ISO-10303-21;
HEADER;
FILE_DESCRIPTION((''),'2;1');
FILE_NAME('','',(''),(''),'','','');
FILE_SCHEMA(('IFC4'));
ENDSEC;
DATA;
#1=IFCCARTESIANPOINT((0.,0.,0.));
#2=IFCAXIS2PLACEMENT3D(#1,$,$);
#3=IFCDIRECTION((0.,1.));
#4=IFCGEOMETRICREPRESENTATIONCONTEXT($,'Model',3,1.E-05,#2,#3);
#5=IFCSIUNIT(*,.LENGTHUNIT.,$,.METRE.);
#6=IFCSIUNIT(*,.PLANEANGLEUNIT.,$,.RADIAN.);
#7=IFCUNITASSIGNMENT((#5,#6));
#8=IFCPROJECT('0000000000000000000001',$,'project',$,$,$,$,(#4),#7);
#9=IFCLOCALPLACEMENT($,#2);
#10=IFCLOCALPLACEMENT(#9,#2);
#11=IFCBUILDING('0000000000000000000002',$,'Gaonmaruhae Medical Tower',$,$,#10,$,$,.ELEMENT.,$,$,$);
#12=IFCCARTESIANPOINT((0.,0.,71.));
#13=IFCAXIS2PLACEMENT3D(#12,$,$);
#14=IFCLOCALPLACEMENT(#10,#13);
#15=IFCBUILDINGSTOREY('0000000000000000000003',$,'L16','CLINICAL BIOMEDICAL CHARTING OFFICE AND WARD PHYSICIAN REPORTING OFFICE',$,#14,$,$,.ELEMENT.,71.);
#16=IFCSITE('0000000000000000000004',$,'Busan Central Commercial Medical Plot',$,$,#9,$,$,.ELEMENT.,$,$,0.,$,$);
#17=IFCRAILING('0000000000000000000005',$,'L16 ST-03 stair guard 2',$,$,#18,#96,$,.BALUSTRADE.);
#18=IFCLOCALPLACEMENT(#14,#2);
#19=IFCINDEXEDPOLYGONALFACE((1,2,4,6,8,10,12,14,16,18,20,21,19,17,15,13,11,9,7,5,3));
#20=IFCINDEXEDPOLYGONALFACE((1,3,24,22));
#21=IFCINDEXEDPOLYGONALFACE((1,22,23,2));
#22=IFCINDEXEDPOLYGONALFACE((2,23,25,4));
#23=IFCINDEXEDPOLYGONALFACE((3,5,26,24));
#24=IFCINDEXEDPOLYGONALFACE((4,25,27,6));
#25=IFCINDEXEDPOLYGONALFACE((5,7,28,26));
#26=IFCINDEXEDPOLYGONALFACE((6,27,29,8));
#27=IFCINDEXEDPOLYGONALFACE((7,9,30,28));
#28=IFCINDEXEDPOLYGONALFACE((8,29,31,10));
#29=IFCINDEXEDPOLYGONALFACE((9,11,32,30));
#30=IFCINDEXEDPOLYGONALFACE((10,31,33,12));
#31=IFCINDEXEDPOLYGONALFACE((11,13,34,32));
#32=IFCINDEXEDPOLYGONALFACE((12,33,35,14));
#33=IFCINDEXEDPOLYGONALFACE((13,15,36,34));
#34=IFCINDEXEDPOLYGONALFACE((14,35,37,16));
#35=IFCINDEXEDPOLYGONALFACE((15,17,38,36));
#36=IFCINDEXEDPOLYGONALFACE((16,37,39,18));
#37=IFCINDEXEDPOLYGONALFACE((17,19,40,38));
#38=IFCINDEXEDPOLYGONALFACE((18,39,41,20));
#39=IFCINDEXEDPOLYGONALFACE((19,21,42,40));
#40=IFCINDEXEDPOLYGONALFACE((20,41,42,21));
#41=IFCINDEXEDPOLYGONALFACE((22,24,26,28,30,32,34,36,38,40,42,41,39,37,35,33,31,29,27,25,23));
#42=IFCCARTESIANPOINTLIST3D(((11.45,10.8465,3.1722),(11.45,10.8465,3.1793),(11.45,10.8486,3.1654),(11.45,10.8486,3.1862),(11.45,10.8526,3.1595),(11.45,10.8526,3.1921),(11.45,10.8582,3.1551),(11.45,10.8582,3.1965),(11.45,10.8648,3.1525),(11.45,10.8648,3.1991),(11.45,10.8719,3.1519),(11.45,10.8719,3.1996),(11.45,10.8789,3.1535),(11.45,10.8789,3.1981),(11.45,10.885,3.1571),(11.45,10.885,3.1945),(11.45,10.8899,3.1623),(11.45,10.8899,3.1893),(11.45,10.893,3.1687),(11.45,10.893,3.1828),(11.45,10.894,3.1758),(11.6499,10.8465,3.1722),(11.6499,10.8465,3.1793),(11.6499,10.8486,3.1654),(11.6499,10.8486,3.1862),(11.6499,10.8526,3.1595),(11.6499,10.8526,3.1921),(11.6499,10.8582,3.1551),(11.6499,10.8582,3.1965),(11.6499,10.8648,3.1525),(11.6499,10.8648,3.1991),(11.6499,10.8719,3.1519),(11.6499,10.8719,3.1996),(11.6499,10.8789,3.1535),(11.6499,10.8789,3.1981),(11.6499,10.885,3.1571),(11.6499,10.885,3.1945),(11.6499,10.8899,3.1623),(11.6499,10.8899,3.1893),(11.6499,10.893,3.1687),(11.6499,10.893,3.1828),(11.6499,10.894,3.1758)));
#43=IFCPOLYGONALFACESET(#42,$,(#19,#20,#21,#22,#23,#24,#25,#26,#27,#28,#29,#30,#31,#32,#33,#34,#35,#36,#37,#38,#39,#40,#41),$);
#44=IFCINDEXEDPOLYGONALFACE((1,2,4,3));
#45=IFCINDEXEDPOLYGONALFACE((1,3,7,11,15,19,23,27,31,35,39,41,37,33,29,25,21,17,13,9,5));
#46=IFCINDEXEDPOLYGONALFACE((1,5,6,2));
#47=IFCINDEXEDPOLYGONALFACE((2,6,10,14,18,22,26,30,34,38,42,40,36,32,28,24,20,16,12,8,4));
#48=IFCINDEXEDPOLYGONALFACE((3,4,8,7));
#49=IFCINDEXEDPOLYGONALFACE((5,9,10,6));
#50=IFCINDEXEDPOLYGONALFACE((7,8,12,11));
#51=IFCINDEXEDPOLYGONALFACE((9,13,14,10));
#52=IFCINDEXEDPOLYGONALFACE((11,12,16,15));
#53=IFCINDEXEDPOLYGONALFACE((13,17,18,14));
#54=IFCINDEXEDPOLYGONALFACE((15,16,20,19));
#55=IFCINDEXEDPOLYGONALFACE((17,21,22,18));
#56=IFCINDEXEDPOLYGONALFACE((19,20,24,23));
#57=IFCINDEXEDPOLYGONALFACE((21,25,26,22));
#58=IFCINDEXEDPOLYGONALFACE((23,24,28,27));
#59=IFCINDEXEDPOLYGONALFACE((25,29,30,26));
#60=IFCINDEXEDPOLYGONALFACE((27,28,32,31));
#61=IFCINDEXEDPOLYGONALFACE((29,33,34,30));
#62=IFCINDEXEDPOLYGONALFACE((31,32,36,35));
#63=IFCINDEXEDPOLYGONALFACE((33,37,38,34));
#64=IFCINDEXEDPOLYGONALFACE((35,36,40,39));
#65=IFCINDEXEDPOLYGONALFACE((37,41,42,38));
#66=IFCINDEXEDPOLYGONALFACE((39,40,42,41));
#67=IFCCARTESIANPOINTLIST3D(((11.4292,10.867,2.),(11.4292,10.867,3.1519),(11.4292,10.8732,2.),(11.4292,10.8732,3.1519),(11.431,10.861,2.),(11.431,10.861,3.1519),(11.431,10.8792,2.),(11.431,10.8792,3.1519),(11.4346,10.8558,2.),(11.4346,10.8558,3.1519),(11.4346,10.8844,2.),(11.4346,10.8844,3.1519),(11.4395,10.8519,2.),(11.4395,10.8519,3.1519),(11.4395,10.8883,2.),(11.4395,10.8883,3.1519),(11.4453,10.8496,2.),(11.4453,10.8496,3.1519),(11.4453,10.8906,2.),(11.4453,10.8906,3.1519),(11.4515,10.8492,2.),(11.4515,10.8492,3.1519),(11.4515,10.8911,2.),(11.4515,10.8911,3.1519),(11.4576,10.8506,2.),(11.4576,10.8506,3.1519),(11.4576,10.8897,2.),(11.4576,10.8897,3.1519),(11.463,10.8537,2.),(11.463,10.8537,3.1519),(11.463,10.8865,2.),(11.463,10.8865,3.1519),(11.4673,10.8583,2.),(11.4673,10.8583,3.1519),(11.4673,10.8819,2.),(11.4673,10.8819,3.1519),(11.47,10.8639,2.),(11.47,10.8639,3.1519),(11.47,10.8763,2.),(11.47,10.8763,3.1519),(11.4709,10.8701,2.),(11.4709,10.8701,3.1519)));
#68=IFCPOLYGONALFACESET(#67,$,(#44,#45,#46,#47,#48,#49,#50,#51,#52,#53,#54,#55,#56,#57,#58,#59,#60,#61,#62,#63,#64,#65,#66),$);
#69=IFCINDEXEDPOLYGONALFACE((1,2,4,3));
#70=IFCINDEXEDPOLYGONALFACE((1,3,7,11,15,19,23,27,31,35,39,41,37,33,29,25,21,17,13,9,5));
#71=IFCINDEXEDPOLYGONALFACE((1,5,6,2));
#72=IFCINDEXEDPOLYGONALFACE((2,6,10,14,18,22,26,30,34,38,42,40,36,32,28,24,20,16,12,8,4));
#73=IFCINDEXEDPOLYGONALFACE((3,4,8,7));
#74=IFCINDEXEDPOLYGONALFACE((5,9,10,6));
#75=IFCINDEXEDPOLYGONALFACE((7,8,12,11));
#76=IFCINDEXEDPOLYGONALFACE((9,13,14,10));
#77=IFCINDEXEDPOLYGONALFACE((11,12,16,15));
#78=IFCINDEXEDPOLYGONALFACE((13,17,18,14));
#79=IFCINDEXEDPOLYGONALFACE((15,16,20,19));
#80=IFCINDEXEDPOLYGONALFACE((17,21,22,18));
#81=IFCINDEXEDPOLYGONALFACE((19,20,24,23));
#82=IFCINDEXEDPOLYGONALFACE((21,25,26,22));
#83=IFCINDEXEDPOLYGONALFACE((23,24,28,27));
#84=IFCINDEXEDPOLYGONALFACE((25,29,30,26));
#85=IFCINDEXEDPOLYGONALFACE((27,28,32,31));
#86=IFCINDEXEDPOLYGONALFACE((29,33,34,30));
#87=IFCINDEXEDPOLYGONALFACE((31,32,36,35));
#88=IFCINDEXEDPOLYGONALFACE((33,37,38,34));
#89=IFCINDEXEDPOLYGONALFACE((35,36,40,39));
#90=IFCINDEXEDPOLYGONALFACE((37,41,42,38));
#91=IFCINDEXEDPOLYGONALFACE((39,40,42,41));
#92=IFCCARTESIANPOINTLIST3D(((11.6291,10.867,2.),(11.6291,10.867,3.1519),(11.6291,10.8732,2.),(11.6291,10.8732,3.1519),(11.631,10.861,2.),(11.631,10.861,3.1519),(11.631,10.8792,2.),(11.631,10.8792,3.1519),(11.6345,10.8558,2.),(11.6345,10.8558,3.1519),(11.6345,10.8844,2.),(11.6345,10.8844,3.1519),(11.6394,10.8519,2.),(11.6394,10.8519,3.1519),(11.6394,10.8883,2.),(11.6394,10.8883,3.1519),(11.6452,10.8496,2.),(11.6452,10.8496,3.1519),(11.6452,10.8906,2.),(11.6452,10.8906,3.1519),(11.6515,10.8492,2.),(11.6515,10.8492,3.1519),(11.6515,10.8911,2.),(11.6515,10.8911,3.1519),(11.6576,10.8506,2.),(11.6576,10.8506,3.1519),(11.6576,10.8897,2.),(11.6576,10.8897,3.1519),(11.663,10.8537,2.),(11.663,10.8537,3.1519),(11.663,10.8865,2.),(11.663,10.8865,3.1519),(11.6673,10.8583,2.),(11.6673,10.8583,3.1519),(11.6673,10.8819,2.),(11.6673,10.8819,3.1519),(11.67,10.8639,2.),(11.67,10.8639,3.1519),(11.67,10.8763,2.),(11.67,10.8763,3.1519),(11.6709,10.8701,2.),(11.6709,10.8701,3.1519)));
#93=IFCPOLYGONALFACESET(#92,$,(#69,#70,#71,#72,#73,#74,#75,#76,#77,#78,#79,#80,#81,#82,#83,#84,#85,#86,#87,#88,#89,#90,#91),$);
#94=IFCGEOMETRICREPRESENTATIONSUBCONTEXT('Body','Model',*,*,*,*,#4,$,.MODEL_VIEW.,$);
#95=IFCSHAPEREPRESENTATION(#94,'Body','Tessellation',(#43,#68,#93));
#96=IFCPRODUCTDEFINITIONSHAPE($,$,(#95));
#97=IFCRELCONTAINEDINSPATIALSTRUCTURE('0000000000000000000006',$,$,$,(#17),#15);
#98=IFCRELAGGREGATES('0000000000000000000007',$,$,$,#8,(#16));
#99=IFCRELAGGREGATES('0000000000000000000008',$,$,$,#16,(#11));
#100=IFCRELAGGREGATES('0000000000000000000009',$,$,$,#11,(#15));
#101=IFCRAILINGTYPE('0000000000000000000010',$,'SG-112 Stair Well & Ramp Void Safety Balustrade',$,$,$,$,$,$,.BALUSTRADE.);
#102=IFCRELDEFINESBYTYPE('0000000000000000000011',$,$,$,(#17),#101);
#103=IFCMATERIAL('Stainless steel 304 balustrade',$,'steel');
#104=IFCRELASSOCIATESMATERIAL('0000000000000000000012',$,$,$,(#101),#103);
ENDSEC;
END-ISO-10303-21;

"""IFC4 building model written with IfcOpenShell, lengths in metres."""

from ifc_helpers import new_model, si_unit, direction, frame, origin, origin_2d, place, context, subcontext, project, spatial, circle, extrude, material, type_object, element, save


model = new_model("IFC4")

# Units and contexts
model_context = context("Model", 3, precision=1e-05, world=origin(), true_north=direction((0.0, 1.0)))
body_context = subcontext(model_context, "Body", "Model", "MODEL_VIEW")
ifc_project = project(units=[si_unit("LENGTHUNIT", "METRE"), si_unit("PLANEANGLEUNIT", "RADIAN")], contexts=[model_context])

# Site, building, storey
site_placement = place(None, origin())
site = spatial("IfcSite", under=ifc_project, at=site_placement, Name="Busan Central Commercial Medical Plot", CompositionType="ELEMENT", RefElevation=0.0)
building_placement = place(site_placement, origin())
building = spatial("IfcBuilding", under=site, at=building_placement, Name="Gaonmaruhae Medical Tower", CompositionType="ELEMENT")
storey_placement = place(building_placement, frame((0.0, 0.0, 71.0)))
storey = spatial("IfcBuildingStorey", under=building, at=storey_placement, Name="L16", Description="CLINICAL BIOMEDICAL CHARTING OFFICE AND WARD PHYSICIAN REPORTING OFFICE", CompositionType="ELEMENT", Elevation=71.0)

# Railing
ifc_material_1 = material(Name="Stainless steel 304 balustrade", Category="steel")
railing_type_1 = type_object("IfcRailingType", Name="SG-112 Stair Well & Ramp Void Safety Balustrade", PredefinedType="BALUSTRADE", material=ifc_material_1)
railing_1_placement = place(storey_placement, frame((11.45, 10.8701, 2.0)))
element("IfcRailing", 1, at=railing_1_placement, inside=storey, type_object=railing_type_1, Name="L16 ST-03 stair guard 2", PredefinedType="BALUSTRADE", context=body_context, shape_type="SweptSolid", body=[
    extrude(circle(Radius=0.0239, at=origin_2d()), frame((0.0, 0.0, 1.1758), z_axis=(1.0, 0.0, 0.0), x_axis=(0.0, 1.0, 0.0)), (0.0, 0.0, 1.0), 0.2),
    extrude(circle(Radius=0.021, at=origin_2d()), origin(), (0.0, 0.0, 1.0), 1.1519),
    extrude(circle(Radius=0.021, at=origin_2d()), frame((0.2, 0.0, 0.0)), (0.0, 0.0, 1.0), 1.1519),
])

save(model, "model.ifc")
